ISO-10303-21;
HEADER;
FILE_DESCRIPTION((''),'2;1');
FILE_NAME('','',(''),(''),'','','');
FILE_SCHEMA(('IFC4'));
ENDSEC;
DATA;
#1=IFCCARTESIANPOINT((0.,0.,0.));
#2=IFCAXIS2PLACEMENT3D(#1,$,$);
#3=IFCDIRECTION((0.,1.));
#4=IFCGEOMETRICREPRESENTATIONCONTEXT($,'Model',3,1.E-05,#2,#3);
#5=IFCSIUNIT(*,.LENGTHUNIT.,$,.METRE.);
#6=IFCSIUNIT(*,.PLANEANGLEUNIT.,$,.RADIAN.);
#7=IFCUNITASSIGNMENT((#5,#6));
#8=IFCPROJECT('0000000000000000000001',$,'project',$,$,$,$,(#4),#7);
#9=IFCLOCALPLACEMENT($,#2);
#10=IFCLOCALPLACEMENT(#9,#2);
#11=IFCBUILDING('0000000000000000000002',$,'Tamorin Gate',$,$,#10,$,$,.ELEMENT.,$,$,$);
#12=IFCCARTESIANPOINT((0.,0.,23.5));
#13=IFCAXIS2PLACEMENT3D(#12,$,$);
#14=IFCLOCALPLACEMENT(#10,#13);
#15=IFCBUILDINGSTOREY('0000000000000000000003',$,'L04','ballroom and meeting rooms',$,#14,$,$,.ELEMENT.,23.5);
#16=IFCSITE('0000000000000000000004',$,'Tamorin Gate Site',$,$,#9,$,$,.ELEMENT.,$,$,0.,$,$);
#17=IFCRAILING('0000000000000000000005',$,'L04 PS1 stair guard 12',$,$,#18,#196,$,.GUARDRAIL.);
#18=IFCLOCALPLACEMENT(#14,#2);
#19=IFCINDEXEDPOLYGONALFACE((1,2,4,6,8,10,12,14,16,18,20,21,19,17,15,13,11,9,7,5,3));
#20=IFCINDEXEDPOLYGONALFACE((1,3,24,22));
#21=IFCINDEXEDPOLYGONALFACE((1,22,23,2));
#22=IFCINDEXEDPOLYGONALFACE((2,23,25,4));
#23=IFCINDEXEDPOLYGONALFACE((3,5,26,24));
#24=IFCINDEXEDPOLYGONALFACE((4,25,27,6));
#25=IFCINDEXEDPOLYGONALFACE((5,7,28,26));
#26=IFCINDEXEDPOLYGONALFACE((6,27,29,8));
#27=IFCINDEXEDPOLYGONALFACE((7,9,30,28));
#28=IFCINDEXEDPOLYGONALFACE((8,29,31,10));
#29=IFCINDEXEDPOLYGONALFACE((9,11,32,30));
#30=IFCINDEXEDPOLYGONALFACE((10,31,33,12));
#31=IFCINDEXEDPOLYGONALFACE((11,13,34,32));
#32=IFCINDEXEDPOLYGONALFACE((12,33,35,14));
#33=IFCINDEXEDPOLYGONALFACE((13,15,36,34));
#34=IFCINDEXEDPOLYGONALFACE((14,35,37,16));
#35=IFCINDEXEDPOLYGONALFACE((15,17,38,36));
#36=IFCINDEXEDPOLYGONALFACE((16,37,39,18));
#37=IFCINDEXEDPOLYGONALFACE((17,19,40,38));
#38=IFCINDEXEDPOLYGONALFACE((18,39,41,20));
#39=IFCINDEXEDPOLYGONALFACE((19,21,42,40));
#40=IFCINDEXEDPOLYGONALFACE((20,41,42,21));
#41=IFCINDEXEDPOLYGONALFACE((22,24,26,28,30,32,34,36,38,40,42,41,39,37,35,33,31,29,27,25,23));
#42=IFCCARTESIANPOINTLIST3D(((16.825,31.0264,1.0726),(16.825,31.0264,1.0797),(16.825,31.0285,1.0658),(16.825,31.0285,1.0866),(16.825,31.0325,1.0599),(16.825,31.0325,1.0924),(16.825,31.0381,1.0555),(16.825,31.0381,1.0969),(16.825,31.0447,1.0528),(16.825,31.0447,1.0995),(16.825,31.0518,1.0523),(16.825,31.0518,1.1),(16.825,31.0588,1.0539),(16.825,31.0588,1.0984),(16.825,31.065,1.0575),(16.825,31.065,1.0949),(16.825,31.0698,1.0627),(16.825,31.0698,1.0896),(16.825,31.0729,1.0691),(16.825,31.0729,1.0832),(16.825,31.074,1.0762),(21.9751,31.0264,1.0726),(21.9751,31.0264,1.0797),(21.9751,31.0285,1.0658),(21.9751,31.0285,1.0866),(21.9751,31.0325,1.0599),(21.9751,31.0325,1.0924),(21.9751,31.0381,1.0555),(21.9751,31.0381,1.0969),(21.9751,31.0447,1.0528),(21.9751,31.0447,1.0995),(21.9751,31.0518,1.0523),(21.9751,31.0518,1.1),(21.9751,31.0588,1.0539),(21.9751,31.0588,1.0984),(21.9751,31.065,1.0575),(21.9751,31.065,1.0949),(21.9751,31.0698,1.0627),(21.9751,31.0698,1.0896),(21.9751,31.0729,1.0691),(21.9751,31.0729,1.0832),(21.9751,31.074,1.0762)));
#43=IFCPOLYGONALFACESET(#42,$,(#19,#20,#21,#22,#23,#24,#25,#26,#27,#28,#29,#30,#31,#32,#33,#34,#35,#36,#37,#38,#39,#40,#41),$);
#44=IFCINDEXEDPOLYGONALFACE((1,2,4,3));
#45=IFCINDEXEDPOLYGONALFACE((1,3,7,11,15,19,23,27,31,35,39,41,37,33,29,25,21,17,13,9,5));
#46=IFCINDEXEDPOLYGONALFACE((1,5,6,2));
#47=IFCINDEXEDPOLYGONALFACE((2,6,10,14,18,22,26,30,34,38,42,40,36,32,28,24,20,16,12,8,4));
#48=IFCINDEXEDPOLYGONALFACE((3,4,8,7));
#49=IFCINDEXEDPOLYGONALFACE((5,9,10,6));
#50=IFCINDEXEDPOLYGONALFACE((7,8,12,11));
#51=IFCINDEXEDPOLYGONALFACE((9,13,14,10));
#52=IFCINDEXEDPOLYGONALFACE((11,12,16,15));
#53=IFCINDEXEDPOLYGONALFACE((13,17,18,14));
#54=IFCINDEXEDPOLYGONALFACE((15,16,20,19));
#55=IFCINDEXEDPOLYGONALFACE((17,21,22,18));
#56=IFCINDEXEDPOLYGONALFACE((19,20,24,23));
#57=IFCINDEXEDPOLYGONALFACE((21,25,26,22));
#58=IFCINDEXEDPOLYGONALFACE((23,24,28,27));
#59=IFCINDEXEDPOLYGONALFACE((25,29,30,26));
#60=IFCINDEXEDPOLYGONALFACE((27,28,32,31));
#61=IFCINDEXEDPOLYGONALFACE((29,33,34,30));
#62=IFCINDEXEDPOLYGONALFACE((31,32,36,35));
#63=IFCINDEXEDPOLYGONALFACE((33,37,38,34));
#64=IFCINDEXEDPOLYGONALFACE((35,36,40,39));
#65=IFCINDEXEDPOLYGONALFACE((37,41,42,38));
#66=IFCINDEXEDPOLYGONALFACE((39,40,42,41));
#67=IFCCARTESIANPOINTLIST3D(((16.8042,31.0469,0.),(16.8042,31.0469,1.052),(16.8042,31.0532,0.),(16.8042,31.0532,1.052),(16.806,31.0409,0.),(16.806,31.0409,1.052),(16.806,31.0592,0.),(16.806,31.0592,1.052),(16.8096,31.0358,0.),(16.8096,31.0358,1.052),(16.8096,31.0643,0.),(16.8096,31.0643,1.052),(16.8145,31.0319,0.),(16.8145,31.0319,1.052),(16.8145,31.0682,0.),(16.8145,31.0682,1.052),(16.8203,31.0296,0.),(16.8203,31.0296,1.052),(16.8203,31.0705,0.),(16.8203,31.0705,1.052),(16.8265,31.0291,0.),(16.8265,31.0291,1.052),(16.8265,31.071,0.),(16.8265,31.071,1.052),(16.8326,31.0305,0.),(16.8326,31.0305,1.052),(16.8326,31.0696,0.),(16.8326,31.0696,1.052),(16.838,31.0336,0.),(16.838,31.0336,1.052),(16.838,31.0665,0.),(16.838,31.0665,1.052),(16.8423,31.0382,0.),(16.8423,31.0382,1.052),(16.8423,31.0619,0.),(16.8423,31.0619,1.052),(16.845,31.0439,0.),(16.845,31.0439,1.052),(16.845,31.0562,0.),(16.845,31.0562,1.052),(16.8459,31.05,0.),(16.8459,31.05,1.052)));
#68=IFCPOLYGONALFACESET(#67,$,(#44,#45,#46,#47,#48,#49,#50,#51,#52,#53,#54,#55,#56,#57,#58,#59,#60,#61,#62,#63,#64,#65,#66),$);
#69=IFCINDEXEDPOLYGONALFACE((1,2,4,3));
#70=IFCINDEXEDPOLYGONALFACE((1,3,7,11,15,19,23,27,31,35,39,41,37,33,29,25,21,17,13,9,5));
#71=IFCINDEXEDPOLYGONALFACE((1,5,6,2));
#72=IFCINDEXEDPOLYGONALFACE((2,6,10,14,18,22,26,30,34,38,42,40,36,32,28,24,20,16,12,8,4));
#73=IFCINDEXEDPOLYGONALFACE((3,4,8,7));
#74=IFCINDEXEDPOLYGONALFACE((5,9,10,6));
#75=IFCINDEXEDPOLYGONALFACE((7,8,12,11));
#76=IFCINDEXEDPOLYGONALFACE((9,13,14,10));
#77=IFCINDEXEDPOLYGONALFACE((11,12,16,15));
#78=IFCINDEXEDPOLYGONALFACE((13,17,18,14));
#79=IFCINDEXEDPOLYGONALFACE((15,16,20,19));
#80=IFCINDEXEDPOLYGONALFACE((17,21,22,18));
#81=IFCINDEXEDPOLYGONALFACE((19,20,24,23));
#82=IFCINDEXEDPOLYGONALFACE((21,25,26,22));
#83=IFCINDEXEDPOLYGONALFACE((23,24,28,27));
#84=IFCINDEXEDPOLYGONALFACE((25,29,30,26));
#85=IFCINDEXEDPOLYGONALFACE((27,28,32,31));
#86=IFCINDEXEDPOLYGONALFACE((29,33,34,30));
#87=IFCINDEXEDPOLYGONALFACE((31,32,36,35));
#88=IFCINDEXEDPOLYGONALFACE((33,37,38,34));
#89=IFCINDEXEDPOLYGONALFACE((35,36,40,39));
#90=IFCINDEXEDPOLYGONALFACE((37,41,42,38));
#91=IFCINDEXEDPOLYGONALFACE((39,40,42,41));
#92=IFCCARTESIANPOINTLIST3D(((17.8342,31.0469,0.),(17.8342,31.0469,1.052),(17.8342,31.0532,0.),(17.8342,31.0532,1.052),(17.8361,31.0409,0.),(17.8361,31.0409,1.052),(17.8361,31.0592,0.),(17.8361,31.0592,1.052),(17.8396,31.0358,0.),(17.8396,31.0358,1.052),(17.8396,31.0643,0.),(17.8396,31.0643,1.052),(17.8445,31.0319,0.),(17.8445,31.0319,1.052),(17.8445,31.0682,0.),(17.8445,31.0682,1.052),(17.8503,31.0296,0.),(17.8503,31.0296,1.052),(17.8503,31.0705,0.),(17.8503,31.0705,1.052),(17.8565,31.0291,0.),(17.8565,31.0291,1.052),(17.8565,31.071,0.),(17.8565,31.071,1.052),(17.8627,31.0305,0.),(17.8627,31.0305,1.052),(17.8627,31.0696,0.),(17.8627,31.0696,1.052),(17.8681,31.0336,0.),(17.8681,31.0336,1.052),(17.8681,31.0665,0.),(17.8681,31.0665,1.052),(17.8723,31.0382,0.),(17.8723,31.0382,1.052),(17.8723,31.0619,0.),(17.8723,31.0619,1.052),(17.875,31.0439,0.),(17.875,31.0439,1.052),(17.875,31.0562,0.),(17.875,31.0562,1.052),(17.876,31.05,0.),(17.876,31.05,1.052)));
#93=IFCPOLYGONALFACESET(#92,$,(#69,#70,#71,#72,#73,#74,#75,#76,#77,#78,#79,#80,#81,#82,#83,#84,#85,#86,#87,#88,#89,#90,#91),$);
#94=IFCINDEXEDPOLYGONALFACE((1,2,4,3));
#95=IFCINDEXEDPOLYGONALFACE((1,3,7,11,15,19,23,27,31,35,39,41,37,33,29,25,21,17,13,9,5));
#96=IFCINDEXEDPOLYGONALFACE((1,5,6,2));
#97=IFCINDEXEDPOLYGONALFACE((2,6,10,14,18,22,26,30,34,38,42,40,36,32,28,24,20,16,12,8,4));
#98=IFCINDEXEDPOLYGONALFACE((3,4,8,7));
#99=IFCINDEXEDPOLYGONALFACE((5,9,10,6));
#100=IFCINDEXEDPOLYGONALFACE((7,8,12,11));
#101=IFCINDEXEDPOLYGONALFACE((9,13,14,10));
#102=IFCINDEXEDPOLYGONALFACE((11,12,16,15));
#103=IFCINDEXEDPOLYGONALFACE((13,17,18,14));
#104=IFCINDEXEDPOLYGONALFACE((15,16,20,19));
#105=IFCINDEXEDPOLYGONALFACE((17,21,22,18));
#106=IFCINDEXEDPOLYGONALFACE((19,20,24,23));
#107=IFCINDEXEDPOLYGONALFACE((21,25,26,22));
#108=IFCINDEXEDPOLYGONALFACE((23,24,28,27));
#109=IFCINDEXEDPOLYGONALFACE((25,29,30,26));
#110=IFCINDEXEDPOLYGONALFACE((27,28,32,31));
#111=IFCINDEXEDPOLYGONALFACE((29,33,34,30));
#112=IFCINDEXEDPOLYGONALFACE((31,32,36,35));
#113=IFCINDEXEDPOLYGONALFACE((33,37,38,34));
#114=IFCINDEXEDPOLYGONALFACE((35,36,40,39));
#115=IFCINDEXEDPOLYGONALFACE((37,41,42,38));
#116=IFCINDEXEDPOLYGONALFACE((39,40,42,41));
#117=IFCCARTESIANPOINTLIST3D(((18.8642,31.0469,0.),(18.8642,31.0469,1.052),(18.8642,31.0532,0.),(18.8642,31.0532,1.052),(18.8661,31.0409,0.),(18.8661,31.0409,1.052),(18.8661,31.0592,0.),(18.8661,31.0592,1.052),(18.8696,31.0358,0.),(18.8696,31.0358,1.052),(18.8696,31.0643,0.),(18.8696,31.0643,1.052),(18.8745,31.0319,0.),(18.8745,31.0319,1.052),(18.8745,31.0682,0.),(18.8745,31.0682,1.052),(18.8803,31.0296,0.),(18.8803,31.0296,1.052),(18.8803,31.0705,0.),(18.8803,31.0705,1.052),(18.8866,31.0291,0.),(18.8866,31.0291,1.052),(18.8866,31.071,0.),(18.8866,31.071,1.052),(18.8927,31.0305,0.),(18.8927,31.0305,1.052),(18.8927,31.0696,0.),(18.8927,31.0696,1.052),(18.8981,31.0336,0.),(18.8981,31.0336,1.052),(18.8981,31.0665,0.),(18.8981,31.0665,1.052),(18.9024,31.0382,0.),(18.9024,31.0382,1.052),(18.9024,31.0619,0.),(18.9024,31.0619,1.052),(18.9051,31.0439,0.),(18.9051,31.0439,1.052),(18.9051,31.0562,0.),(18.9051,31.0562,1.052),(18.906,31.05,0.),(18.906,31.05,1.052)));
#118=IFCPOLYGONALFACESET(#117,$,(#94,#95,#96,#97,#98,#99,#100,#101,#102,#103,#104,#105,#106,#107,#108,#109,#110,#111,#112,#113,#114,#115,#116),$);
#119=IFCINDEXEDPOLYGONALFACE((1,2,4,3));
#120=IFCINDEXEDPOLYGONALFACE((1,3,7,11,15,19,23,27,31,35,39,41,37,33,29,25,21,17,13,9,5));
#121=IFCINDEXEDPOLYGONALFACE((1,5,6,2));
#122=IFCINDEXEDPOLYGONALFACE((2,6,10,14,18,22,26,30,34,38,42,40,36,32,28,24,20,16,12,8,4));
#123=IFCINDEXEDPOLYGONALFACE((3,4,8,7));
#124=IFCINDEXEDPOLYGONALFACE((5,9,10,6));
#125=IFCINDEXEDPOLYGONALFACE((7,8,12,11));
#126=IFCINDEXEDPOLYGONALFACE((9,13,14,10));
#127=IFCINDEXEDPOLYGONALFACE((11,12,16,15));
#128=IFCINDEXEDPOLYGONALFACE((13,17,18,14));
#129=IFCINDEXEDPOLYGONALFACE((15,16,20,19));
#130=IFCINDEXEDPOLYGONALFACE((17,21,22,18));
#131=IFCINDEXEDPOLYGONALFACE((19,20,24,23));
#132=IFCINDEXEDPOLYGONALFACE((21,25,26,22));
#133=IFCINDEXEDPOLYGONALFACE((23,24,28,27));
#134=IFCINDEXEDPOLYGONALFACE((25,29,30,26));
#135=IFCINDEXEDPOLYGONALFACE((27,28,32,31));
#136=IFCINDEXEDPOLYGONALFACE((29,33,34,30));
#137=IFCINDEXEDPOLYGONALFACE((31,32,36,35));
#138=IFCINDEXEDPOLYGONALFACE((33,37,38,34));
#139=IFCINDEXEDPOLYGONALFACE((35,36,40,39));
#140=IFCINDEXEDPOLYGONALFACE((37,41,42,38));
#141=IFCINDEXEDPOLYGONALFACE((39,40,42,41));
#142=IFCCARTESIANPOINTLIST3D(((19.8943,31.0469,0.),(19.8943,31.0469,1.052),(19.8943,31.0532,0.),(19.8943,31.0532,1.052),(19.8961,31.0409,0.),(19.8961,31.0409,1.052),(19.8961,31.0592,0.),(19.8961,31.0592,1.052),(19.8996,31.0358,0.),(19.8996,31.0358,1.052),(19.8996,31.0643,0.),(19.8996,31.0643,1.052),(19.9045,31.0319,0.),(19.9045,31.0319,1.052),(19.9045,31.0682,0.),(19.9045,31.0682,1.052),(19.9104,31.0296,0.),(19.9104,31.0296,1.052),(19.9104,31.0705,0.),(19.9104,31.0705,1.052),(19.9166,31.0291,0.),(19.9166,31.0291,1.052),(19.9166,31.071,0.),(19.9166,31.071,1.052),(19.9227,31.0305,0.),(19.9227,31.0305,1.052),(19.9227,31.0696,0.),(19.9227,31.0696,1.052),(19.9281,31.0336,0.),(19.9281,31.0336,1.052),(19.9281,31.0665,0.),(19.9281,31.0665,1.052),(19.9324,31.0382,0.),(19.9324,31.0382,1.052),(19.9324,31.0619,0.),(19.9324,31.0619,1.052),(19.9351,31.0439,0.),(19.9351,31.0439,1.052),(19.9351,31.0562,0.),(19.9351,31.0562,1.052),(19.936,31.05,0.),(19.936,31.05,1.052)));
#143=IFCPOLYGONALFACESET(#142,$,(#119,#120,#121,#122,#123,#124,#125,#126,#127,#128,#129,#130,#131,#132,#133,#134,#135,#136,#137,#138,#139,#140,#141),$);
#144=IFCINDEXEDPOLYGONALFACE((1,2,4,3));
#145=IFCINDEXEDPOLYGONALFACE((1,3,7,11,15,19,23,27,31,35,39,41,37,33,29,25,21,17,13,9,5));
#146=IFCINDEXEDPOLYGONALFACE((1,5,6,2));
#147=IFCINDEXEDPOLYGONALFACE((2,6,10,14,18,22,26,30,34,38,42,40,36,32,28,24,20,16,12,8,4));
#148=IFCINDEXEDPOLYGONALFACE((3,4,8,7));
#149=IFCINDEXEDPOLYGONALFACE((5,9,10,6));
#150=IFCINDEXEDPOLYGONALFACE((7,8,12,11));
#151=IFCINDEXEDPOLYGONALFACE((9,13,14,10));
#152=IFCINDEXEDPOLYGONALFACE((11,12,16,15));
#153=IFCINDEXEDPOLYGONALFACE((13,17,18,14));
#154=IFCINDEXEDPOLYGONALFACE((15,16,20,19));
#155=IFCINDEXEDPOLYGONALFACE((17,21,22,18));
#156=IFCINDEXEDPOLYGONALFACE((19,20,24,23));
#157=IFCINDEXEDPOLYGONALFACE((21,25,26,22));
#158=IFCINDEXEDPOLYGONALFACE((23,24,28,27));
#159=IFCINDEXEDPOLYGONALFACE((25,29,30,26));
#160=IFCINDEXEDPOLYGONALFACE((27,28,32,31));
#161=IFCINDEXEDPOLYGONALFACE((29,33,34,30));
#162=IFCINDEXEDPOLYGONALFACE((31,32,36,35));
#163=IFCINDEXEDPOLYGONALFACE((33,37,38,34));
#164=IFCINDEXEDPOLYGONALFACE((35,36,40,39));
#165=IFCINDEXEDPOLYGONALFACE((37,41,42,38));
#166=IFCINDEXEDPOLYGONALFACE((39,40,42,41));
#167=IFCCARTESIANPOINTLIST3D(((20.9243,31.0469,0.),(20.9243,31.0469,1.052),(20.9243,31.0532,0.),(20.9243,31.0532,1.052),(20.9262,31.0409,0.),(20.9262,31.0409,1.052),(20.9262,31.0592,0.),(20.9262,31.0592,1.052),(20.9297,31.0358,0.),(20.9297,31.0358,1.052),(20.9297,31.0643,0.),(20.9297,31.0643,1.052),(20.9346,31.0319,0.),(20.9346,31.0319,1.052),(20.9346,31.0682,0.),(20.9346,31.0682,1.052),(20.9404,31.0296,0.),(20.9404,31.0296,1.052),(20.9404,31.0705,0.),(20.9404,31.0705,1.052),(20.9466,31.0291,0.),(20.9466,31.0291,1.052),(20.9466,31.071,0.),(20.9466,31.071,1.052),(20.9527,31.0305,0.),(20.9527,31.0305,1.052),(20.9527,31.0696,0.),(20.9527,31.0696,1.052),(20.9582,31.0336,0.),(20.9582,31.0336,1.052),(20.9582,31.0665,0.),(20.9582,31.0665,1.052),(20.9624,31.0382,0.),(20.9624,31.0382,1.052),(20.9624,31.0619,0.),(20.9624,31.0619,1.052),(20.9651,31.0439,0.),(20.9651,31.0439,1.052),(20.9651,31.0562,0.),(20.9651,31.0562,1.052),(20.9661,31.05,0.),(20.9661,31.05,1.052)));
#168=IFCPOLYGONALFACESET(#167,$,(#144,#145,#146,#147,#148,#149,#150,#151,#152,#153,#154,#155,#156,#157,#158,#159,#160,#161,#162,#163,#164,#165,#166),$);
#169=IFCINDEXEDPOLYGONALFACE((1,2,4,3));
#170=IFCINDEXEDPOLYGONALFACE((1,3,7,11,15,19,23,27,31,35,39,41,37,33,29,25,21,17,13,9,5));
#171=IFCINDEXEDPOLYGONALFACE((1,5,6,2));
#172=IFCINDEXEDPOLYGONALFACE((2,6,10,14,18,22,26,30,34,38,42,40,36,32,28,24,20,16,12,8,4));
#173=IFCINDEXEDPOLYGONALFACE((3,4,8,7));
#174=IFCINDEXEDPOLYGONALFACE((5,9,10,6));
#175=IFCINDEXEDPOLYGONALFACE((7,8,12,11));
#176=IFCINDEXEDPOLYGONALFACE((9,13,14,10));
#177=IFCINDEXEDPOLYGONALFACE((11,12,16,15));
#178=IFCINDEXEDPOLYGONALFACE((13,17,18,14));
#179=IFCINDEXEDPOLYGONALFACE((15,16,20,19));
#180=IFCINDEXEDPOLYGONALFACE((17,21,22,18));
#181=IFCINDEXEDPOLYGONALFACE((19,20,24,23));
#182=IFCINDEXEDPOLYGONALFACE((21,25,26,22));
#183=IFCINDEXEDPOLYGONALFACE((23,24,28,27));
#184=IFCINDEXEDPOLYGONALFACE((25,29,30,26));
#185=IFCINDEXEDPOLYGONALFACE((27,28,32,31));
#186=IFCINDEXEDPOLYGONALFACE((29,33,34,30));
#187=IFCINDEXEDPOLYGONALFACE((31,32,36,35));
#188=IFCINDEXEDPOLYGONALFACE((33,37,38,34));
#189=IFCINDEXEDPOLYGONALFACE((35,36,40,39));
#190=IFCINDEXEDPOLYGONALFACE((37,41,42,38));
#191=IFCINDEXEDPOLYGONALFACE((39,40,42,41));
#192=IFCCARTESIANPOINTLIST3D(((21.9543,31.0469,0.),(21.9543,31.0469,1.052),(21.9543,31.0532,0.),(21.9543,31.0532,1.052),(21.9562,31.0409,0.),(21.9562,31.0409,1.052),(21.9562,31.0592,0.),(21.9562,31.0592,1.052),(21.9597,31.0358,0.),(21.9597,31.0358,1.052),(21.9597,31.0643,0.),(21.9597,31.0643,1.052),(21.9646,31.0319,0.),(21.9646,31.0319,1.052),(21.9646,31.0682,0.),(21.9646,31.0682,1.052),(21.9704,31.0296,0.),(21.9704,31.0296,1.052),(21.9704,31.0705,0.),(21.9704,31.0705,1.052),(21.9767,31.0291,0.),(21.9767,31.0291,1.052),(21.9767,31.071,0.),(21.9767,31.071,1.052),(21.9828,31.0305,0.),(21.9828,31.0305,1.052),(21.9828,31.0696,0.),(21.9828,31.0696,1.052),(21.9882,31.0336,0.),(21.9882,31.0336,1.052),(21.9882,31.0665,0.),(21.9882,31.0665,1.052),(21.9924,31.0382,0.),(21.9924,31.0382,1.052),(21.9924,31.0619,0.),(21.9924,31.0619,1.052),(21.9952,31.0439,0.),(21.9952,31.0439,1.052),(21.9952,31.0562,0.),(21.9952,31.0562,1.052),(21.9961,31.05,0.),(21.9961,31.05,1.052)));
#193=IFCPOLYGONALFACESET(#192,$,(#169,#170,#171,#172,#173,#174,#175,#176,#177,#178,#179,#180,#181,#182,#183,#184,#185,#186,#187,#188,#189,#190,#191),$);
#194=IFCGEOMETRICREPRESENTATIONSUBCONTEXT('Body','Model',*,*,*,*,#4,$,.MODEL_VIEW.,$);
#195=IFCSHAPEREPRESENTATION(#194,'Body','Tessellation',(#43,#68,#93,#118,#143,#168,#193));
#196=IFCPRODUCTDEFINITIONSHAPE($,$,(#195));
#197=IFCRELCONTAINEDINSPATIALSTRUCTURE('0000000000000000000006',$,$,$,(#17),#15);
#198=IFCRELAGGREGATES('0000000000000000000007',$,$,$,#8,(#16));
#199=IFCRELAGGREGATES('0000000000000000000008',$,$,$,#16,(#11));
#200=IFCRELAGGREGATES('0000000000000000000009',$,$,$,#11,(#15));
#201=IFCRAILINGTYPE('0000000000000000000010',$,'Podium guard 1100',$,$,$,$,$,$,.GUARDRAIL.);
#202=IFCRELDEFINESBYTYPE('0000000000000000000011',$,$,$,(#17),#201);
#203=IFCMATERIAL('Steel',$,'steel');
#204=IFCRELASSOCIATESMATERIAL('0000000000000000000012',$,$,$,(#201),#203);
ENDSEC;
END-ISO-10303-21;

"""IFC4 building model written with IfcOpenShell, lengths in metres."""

from ifc_helpers import new_model, si_unit, direction, frame, origin, origin_2d, place, context, subcontext, project, spatial, circle, extrude, material, type_object, element, save


model = new_model("IFC4")

# Units and contexts
model_context = context("Model", 3, precision=1e-05, world=origin(), true_north=direction((0.0, 1.0)))
body_context = subcontext(model_context, "Body", "Model", "MODEL_VIEW")
ifc_project = project(units=[si_unit("LENGTHUNIT", "METRE"), si_unit("PLANEANGLEUNIT", "RADIAN")], contexts=[model_context])

# Site, building, storey
site_placement = place(None, origin())
site = spatial("IfcSite", under=ifc_project, at=site_placement, Name="Tamorin Gate Site", CompositionType="ELEMENT", RefElevation=0.0)
building_placement = place(site_placement, origin())
building = spatial("IfcBuilding", under=site, at=building_placement, Name="Tamorin Gate", CompositionType="ELEMENT")
storey_placement = place(building_placement, frame((0.0, 0.0, 23.5)))
storey = spatial("IfcBuildingStorey", under=building, at=storey_placement, Name="L04", Description="ballroom and meeting rooms", CompositionType="ELEMENT", Elevation=23.5)

# Railing
ifc_material_1 = material(Name="Steel", Category="steel")
railing_type = type_object("IfcRailingType", Name="Podium guard 1100", PredefinedType="GUARDRAIL", material=ifc_material_1)
railing_1_placement = place(storey_placement, frame((16.825, 31.05, 0.0)))
element("IfcRailing", 1, at=railing_1_placement, inside=storey, type_object=railing_type, Name="L04 PS1 stair guard 12", PredefinedType="GUARDRAIL", context=body_context, shape_type="SweptSolid", body=[
    extrude(circle(Radius=0.0239, at=origin_2d()), frame((0.0, 0.0, 1.0762), z_axis=(1.0, 0.0, 0.0), x_axis=(0.0, 1.0, 0.0)), (0.0, 0.0, 1.0), 5.1501),
    extrude(circle(Radius=0.021, at=origin_2d()), origin(), (0.0, 0.0, 1.0), 1.052),
    extrude(circle(Radius=0.021, at=origin_2d()), frame((1.03, 0.0, 0.0)), (0.0, 0.0, 1.0), 1.052),
    extrude(circle(Radius=0.021, at=origin_2d()), frame((2.0601, 0.0, 0.0)), (0.0, 0.0, 1.0), 1.052),
    extrude(circle(Radius=0.021, at=origin_2d()), frame((3.0901, 0.0, 0.0)), (0.0, 0.0, 1.0), 1.052),
    extrude(circle(Radius=0.021, at=origin_2d()), frame((4.1201, 0.0, 0.0)), (0.0, 0.0, 1.0), 1.052),
    extrude(circle(Radius=0.021, at=origin_2d()), frame((5.1501, 0.0, 0.0)), (0.0, 0.0, 1.0), 1.052),
])

save(model, "model.ifc")
